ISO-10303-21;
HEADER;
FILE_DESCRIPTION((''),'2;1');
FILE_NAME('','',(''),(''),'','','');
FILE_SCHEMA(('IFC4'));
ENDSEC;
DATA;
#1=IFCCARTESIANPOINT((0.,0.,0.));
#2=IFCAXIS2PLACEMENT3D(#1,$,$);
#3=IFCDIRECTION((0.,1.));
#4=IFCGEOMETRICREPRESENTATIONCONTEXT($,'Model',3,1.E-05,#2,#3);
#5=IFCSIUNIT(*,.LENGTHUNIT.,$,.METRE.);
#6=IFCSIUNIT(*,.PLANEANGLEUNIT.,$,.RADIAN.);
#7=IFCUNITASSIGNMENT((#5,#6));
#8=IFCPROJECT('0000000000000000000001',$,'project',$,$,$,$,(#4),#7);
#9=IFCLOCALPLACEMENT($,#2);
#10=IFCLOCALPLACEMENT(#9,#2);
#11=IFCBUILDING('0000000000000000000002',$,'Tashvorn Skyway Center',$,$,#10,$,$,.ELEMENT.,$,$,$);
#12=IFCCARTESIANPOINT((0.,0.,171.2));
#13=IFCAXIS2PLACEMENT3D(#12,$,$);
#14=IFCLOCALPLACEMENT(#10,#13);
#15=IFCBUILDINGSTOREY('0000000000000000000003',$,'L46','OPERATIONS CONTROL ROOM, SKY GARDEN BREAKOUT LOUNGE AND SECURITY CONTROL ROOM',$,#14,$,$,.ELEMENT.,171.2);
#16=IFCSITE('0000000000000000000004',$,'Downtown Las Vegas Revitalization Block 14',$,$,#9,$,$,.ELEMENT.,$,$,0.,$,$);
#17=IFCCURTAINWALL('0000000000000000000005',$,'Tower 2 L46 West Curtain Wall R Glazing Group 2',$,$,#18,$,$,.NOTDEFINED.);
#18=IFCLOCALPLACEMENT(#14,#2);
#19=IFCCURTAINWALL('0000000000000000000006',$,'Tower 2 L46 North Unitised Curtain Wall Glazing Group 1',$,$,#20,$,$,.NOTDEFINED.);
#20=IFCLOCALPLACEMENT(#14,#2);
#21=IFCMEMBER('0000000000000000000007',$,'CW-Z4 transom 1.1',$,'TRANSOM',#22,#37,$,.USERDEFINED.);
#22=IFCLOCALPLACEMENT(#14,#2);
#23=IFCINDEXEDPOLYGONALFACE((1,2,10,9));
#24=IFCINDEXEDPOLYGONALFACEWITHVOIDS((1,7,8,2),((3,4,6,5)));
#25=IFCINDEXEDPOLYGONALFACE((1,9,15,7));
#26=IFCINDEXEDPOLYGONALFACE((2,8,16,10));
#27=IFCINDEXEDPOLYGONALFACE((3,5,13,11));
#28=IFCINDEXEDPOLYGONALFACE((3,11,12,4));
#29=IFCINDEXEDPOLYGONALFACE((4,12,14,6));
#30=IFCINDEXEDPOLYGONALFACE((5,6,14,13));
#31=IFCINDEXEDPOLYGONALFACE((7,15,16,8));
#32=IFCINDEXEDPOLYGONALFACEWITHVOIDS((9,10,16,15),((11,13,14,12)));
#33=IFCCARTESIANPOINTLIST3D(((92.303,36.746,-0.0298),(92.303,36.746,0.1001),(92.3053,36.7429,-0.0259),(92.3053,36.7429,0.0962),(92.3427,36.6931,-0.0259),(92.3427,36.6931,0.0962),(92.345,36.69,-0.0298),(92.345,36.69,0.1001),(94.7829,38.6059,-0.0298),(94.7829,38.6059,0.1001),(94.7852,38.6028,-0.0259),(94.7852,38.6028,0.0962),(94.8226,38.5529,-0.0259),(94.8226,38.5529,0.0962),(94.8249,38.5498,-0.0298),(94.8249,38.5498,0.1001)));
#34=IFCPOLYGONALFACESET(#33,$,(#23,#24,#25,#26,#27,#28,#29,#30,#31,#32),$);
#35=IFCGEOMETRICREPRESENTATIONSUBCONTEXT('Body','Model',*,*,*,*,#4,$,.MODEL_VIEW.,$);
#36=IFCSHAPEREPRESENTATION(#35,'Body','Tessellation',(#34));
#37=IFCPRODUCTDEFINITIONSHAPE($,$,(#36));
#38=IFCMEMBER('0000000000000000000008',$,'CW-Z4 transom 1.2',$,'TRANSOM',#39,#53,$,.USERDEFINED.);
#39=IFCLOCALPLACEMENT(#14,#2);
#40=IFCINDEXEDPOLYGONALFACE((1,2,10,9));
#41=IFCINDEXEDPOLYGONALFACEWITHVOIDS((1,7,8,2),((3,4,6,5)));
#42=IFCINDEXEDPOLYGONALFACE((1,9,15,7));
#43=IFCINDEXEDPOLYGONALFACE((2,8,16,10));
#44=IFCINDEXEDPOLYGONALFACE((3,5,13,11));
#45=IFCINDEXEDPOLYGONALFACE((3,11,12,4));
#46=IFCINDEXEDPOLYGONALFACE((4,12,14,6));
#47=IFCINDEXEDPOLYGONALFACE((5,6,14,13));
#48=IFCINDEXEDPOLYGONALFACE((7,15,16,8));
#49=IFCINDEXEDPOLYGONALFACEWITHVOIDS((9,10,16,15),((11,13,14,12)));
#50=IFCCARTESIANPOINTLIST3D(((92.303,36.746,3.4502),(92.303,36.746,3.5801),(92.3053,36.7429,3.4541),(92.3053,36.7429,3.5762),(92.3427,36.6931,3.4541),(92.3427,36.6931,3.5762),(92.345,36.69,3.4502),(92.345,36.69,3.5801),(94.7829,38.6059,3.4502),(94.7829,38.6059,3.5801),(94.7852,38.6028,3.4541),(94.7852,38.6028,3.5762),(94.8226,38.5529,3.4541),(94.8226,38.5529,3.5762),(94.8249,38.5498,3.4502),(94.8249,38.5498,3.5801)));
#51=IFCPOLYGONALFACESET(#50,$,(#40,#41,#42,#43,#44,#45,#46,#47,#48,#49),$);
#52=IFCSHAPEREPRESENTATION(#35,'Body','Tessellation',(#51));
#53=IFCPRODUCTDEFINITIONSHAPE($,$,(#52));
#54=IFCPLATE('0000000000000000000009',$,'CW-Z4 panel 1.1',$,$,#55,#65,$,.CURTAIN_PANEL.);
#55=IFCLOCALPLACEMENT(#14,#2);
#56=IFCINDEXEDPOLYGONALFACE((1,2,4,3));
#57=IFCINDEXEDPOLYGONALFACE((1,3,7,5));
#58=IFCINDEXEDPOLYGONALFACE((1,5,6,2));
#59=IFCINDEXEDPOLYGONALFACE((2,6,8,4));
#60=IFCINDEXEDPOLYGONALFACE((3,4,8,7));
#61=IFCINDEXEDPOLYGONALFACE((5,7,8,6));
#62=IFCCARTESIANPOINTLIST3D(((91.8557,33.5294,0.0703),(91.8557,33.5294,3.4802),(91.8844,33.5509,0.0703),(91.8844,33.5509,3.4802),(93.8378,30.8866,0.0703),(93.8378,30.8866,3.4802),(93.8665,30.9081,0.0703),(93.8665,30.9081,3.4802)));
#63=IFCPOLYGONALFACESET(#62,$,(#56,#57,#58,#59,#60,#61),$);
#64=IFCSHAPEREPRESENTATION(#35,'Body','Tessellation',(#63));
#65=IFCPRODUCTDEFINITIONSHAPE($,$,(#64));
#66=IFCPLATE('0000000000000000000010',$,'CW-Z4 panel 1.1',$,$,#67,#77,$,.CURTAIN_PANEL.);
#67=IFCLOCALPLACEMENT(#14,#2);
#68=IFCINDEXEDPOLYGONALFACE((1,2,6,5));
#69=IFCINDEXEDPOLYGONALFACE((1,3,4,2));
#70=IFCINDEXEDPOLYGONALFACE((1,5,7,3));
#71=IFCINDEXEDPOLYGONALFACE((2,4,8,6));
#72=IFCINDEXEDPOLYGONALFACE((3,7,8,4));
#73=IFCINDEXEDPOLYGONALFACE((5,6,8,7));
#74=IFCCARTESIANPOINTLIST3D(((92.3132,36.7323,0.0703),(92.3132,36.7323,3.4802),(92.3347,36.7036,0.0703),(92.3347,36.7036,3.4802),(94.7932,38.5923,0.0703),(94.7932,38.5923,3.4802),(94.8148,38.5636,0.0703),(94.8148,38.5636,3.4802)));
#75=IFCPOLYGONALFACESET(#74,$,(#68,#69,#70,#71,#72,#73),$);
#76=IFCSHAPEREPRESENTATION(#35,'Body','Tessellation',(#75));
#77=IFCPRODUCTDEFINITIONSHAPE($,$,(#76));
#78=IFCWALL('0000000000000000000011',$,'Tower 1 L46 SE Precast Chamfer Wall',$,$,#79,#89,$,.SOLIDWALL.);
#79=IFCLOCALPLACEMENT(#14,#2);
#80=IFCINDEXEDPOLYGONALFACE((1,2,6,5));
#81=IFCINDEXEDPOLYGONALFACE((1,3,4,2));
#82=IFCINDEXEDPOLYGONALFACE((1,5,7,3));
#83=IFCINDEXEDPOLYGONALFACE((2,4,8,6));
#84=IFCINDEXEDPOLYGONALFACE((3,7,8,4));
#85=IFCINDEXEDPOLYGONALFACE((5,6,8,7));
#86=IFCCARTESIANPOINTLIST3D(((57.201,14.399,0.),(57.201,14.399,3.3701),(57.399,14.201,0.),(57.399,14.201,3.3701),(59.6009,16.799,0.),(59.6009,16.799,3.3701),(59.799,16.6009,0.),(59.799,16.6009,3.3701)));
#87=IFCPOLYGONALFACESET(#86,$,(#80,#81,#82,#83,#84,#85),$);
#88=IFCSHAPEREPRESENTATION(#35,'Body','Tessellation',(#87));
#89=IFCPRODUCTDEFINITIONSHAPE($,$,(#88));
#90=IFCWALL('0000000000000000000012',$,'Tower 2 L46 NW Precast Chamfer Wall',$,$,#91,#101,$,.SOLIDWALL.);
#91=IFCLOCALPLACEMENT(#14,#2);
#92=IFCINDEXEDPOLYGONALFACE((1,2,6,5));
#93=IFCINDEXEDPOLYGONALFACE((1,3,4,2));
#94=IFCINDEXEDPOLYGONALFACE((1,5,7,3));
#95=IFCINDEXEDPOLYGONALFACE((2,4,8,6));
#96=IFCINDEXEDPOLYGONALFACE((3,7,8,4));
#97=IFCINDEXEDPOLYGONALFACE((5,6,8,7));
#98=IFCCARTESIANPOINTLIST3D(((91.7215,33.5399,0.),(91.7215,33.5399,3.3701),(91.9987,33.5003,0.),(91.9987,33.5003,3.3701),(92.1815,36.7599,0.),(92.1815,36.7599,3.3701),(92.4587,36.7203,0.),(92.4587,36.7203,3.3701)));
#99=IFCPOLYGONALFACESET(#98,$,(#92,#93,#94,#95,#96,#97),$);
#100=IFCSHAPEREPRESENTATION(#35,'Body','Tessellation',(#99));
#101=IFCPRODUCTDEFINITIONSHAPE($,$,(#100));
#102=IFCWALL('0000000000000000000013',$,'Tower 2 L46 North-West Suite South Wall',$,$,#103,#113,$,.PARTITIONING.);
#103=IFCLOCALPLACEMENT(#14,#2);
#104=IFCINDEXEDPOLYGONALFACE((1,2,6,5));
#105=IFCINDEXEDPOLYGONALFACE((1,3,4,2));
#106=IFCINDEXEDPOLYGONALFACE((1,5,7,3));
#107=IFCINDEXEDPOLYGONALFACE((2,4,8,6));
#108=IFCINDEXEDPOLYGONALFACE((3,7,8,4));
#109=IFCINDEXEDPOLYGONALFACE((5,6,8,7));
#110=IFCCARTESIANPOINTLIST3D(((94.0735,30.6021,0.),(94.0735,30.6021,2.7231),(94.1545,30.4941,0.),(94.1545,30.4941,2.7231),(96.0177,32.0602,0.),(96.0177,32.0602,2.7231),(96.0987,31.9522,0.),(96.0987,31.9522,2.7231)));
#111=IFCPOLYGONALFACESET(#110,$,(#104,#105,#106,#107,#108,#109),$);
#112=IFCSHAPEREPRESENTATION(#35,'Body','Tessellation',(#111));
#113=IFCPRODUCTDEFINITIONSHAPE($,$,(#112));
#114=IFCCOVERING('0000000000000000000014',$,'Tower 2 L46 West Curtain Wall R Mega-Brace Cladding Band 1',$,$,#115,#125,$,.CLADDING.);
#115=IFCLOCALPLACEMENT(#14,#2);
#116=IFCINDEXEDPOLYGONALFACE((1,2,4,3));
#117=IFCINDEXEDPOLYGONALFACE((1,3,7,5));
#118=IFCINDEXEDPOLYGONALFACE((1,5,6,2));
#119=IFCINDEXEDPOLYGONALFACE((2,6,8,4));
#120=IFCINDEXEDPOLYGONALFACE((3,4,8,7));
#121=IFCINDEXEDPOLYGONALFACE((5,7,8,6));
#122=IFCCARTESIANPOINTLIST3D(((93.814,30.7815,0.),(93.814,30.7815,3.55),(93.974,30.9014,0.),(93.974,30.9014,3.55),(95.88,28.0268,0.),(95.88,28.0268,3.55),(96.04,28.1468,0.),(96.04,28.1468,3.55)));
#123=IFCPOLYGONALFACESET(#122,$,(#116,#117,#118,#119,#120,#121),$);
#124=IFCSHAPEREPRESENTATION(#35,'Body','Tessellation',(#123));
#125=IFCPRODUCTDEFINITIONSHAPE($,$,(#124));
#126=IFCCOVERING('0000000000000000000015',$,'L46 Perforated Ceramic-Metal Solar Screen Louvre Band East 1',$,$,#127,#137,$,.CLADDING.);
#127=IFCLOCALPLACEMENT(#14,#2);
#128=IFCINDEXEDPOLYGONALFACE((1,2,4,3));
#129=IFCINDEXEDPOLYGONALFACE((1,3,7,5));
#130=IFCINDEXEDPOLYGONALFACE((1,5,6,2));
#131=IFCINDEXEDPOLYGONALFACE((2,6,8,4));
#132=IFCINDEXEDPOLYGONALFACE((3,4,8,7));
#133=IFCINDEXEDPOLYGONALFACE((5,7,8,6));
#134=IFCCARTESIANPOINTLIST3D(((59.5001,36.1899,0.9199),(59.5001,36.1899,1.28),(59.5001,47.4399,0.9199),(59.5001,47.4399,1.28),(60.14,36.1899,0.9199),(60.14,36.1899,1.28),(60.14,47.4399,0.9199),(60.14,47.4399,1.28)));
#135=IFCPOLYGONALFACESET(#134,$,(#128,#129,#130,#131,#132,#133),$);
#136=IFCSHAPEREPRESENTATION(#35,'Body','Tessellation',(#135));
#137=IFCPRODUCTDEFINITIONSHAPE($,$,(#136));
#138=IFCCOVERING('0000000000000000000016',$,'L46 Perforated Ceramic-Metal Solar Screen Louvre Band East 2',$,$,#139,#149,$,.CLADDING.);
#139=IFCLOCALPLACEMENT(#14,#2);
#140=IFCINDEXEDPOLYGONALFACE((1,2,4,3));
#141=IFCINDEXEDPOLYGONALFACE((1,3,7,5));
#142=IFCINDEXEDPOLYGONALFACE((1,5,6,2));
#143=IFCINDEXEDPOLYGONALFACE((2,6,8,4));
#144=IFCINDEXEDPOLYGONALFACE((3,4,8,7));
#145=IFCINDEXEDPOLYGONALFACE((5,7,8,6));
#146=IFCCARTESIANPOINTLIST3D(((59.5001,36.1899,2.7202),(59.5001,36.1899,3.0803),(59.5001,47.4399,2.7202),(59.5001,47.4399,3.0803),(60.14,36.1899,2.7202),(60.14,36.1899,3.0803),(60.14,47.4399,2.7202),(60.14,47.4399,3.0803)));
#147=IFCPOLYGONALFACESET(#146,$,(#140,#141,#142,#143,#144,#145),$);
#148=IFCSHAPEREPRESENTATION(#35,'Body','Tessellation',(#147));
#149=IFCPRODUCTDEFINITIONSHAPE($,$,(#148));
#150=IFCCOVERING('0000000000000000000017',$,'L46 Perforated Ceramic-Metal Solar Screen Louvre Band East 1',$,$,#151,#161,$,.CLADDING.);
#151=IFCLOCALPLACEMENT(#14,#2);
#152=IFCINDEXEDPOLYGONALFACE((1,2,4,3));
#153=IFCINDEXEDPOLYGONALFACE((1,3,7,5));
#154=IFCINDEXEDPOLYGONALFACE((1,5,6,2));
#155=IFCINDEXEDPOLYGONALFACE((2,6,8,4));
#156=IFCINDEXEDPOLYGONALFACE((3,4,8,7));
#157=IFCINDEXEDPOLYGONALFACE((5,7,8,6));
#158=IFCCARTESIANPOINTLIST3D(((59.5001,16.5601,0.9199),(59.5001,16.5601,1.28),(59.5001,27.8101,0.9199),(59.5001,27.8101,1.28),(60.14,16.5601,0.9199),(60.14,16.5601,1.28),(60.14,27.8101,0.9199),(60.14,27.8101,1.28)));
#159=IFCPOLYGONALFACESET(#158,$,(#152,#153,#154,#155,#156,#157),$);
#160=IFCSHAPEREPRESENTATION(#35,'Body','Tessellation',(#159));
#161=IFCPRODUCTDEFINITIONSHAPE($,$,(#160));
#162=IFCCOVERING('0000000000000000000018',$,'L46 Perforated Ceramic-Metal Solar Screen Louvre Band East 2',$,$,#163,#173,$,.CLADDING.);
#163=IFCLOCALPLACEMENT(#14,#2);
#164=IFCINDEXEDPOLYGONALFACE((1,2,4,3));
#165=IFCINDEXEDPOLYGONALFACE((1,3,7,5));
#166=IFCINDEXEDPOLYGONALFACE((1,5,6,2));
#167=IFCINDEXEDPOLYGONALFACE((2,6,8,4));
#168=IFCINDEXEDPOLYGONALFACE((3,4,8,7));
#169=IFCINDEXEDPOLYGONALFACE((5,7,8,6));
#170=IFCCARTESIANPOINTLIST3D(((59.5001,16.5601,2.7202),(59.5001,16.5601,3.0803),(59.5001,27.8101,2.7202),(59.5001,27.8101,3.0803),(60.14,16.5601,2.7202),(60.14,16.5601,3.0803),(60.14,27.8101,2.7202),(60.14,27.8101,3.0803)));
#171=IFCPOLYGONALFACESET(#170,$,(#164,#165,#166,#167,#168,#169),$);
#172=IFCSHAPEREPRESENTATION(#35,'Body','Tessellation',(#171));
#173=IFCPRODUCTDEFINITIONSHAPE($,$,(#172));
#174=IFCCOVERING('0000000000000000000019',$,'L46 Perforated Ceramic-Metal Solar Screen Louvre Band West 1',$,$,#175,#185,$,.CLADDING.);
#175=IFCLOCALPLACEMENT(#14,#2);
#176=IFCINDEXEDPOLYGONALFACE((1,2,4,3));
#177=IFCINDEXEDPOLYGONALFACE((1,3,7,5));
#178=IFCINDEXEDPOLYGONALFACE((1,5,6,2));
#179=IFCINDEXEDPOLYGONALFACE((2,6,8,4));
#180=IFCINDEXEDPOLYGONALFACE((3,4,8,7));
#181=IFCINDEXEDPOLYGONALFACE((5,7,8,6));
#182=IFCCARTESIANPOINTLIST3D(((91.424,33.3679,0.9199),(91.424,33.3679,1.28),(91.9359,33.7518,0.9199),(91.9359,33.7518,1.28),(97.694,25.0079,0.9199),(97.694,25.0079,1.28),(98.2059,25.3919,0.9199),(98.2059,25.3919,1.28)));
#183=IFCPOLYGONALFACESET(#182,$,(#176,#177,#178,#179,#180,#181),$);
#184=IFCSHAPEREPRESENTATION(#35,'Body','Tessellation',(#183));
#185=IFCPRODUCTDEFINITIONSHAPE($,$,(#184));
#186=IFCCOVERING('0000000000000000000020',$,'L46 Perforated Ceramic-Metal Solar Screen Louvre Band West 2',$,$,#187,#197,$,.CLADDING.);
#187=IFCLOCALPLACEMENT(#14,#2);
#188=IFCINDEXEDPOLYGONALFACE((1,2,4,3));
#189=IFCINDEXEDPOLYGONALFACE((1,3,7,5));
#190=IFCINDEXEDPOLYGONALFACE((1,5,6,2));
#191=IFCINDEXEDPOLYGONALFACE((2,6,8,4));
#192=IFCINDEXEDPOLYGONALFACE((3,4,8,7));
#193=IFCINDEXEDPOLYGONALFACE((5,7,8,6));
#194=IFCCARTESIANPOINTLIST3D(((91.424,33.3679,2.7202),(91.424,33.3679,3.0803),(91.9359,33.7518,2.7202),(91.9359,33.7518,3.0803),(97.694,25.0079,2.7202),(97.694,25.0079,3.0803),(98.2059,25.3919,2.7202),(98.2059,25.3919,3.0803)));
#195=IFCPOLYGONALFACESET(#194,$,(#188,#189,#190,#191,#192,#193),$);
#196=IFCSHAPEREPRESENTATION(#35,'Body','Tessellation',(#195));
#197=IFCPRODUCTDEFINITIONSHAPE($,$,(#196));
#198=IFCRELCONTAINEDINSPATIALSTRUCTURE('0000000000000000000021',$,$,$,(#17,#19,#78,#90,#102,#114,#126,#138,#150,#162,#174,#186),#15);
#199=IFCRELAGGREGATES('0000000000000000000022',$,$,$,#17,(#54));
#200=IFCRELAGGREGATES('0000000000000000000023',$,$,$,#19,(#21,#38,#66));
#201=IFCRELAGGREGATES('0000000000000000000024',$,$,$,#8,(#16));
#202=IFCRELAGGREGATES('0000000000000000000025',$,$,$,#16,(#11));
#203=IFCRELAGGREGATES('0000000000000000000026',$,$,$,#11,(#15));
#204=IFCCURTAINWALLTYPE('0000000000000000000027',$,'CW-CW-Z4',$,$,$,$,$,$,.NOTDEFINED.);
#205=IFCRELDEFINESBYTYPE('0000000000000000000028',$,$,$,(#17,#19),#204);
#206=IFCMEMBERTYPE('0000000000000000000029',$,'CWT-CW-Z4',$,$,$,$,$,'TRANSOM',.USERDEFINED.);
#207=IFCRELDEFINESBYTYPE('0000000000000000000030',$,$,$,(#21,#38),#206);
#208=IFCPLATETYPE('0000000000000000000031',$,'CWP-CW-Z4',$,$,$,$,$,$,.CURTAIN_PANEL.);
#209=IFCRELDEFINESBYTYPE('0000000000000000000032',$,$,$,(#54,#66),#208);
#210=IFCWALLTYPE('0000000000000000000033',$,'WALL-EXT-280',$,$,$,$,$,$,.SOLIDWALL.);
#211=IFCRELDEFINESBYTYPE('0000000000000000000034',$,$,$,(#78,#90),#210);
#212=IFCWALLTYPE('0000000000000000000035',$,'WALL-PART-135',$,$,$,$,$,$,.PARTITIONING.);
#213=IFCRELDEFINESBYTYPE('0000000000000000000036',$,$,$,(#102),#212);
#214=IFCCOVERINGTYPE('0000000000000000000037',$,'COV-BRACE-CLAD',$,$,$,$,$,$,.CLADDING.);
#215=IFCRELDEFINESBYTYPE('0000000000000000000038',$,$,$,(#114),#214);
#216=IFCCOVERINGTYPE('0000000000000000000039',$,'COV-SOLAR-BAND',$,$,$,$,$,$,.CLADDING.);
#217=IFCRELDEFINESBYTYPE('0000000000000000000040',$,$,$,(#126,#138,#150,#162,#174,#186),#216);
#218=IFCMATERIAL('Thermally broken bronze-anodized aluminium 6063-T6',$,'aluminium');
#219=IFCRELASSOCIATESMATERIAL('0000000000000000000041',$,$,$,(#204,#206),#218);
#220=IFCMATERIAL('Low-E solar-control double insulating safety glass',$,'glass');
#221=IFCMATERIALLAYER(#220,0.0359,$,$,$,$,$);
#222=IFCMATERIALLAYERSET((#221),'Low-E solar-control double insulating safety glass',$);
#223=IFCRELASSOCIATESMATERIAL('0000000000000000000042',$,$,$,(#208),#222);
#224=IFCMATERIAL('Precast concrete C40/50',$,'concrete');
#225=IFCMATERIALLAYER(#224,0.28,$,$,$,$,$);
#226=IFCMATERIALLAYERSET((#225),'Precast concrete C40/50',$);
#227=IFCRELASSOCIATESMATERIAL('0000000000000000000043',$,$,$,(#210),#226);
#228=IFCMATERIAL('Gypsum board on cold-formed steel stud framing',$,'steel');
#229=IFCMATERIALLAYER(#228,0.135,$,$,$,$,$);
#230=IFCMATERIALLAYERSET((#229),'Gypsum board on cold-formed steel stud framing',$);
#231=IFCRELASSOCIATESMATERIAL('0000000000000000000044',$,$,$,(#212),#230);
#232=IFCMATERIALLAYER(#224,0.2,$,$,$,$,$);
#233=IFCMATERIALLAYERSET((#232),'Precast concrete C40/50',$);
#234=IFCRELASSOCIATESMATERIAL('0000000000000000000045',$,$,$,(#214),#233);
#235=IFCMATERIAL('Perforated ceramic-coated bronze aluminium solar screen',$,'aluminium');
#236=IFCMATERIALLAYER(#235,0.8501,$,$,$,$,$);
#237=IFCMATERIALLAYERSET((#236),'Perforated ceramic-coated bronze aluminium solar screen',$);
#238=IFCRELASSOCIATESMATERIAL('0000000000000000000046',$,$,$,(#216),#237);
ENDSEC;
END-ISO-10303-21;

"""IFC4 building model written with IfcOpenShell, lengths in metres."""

from ifc_helpers import new_model, si_unit, direction, frame, frame_2d, origin, origin_2d, place, context, subcontext, project, spatial, rectangle, hollow_rectangle, extrude, material, layer, layer_set, material_profile, profile_set, type_object, element, aggregate, save


model = new_model("IFC4")

# Units and contexts
model_context = context("Model", 3, precision=1e-05, world=origin(), true_north=direction((0.0, 1.0)))
body_context = subcontext(model_context, "Body", "Model", "MODEL_VIEW")
ifc_project = project(units=[si_unit("LENGTHUNIT", "METRE"), si_unit("PLANEANGLEUNIT", "RADIAN")], contexts=[model_context])

# Site, building, storey
site_placement = place(None, origin())
site = spatial("IfcSite", under=ifc_project, at=site_placement, Name="Downtown Las Vegas Revitalization Block 14", CompositionType="ELEMENT", RefElevation=0.0)
building_placement = place(site_placement, origin())
building = spatial("IfcBuilding", under=site, at=building_placement, Name="Tashvorn Skyway Center", CompositionType="ELEMENT")
storey_placement = place(building_placement, frame((0.0, 0.0, 171.2)))
storey = spatial("IfcBuildingStorey", under=building, at=storey_placement, Name="L46", Description="OPERATIONS CONTROL ROOM, SKY GARDEN BREAKOUT LOUNGE AND SECURITY CONTROL ROOM", CompositionType="ELEMENT", Elevation=171.2)

# Curtain walls
ifc_material_1 = material(Name="Thermally broken bronze-anodized aluminium 6063-T6", Category="aluminium")
curtain_wall_type = type_object("IfcCurtainWallType", Name="CW-CW-Z4", PredefinedType="NOTDEFINED", material=ifc_material_1)
curtain_wall_1_placement = place(storey_placement, origin())
curtain_wall_1 = element("IfcCurtainWall", 1, at=curtain_wall_1_placement, inside=storey, type_object=curtain_wall_type, Name="Tower 2 L46 West Curtain Wall R Glazing Group 2", PredefinedType="NOTDEFINED")
curtain_wall_2_placement = place(storey_placement, origin())
curtain_wall_2 = element("IfcCurtainWall", 2, at=curtain_wall_2_placement, inside=storey, type_object=curtain_wall_type, Name="Tower 2 L46 North Unitised Curtain Wall Glazing Group 1", PredefinedType="NOTDEFINED")

# Members
ifc_material_profile_1 = material_profile(ifc_material_1, hollow_rectangle(XDim=0.0701, YDim=0.1299, WallThickness=0.0039, at=origin_2d()), Name="ALU-TRAN-70x130")
ifc_profile_set_1 = profile_set([ifc_material_profile_1], Name="Thermally broken bronze-anodized aluminium 6063-T6")
member_type_1 = type_object("IfcMemberType", Name="CWT-CW-Z4", ElementType="TRANSOM", PredefinedType="USERDEFINED", material=ifc_profile_set_1)
member_1_placement = place(storey_placement, frame((92.324, 36.718, 0.0352), z_axis=(0.800019, 0.599975, 0.0), x_axis=(-0.599975, 0.800019, 0.0)))
member_1 = element("IfcMember", 3, at=member_1_placement, type_object=member_type_1, Name="CW-Z4 transom 1.1", ObjectType="TRANSOM", PredefinedType="USERDEFINED", context=body_context, shape_type="SweptSolid", body=[
    extrude(hollow_rectangle(XDim=0.0701, YDim=0.1299, WallThickness=0.0039, at=origin_2d()), origin(), (0.0, 0.0, 1.0), 3.0999),
])
member_2_placement = place(storey_placement, frame((92.324, 36.718, 3.5151), z_axis=(0.800019, 0.599975, 0.0), x_axis=(-0.599975, 0.800019, 0.0)))
member_2 = element("IfcMember", 4, at=member_2_placement, type_object=member_type_1, Name="CW-Z4 transom 1.2", ObjectType="TRANSOM", PredefinedType="USERDEFINED", context=body_context, shape_type="SweptSolid", body=[
    extrude(hollow_rectangle(XDim=0.0701, YDim=0.1299, WallThickness=0.0039, at=origin_2d()), origin(), (0.0, 0.0, 1.0), 3.0999),
])

# Plates
ifc_material_2 = material(Name="Low-E solar-control double insulating safety glass", Category="glass")
ifc_layer_1 = layer(ifc_material_2, 0.0359)
ifc_layer_set_1 = layer_set([ifc_layer_1], Name="Low-E solar-control double insulating safety glass")
plate_type = type_object("IfcPlateType", Name="CWP-CW-Z4", PredefinedType="CURTAIN_PANEL", material=ifc_layer_set_1)
plate_1_placement = place(storey_placement, frame((92.8611, 32.2188, 0.0703), z_axis=(0.0, 0.0, 1.0), x_axis=(-0.599995, 0.800003, 0.0)))
plate_1 = element("IfcPlate", 5, at=plate_1_placement, type_object=plate_type, Name="CW-Z4 panel 1.1", PredefinedType="CURTAIN_PANEL", context=body_context, shape_type="SweptSolid", body=[
    extrude(rectangle(XDim=3.3035, YDim=0.0359, at=origin_2d()), origin(), (0.0, 0.0, 1.0), 3.4099),
])
aggregate(curtain_wall_1, [plate_1])
plate_2_placement = place(storey_placement, frame((93.564, 37.6479, 0.0703), z_axis=(0.0, 0.0, 1.0), x_axis=(0.8, 0.6, 0.0)))
plate_2 = element("IfcPlate", 6, at=plate_2_placement, type_object=plate_type, Name="CW-Z4 panel 1.1", PredefinedType="CURTAIN_PANEL", context=body_context, shape_type="SweptSolid", body=[
    extrude(rectangle(XDim=3.1001, YDim=0.0359, at=origin_2d()), origin(), (0.0, 0.0, 1.0), 3.4099),
])
aggregate(curtain_wall_2, [member_1, member_2, plate_2])

# Walls
ifc_material_3 = material(Name="Precast concrete C40/50", Category="concrete")
ifc_layer_2 = layer(ifc_material_3, 0.28)
ifc_layer_set_2 = layer_set([ifc_layer_2], Name="Precast concrete C40/50")
wall_type_1 = type_object("IfcWallType", Name="WALL-EXT-280", PredefinedType="SOLIDWALL", material=ifc_layer_set_2)
wall_1_placement = place(storey_placement, frame((59.7, 16.7, 0.0), z_axis=(0.0, 0.0, 1.0), x_axis=(-0.707107, -0.707107, 0.0)))
element("IfcWall", 7, at=wall_1_placement, inside=storey, type_object=wall_type_1, Name="Tower 1 L46 SE Precast Chamfer Wall", PredefinedType="SOLIDWALL", context=body_context, shape_type="SweptSolid", body=[
    extrude(rectangle(XDim=3.394, YDim=0.28, at=frame_2d((1.697, 0.0))), origin(), (0.0, 0.0, 1.0), 3.3701),
])
wall_2_placement = place(storey_placement, frame((91.8601, 33.52, 0.0), z_axis=(0.0, 0.0, 1.0), x_axis=(0.141411, 0.989951, 0.0)))
element("IfcWall", 8, at=wall_2_placement, inside=storey, type_object=wall_type_1, Name="Tower 2 L46 NW Precast Chamfer Wall", PredefinedType="SOLIDWALL", context=body_context, shape_type="SweptSolid", body=[
    extrude(rectangle(XDim=3.2527, YDim=0.28, at=frame_2d((1.6265, 0.0))), origin(), (0.0, 0.0, 1.0), 3.3701),
])
ifc_material_4 = material(Name="Gypsum board on cold-formed steel stud framing", Category="steel")
ifc_layer_3 = layer(ifc_material_4, 0.135)
ifc_layer_set_3 = layer_set([ifc_layer_3], Name="Gypsum board on cold-formed steel stud framing")
wall_type_2 = type_object("IfcWallType", Name="WALL-PART-135", PredefinedType="PARTITIONING", material=ifc_layer_set_3)
wall_3_placement = place(storey_placement, frame((94.114, 30.5481, 0.0), z_axis=(0.0, 0.0, 1.0), x_axis=(0.800012, 0.599984, 0.0)))
element("IfcWall", 9, at=wall_3_placement, inside=storey, type_object=wall_type_2, Name="Tower 2 L46 North-West Suite South Wall", PredefinedType="PARTITIONING", context=body_context, shape_type="SweptSolid", body=[
    extrude(rectangle(XDim=2.4302, YDim=0.135, at=frame_2d((1.2151, 0.0))), origin(), (0.0, 0.0, 1.0), 2.7231),
])

# Coverings
ifc_layer_4 = layer(ifc_material_3, 0.2)
ifc_layer_set_4 = layer_set([ifc_layer_4], Name="Precast concrete C40/50")
covering_type_1 = type_object("IfcCoveringType", Name="COV-BRACE-CLAD", PredefinedType="CLADDING", material=ifc_layer_set_4)
covering_1_placement = place(storey_placement, frame((94.927, 29.4641, 0.0), z_axis=(0.0, 0.0, 1.0), x_axis=(-0.6, 0.8, 0.0)))
element("IfcCovering", 10, at=covering_1_placement, inside=storey, type_object=covering_type_1, Name="Tower 2 L46 West Curtain Wall R Mega-Brace Cladding Band 1", PredefinedType="CLADDING", context=body_context, shape_type="SweptSolid", body=[
    extrude(rectangle(XDim=3.4434, YDim=0.2, at=origin_2d()), origin(), (0.0, 0.0, 1.0), 3.55),
])
ifc_material_5 = material(Name="Perforated ceramic-coated bronze aluminium solar screen", Category="aluminium")
ifc_layer_5 = layer(ifc_material_5, 0.8501)
ifc_layer_set_5 = layer_set([ifc_layer_5], Name="Perforated ceramic-coated bronze aluminium solar screen")
covering_type_2 = type_object("IfcCoveringType", Name="COV-SOLAR-BAND", PredefinedType="CLADDING", material=ifc_layer_set_5)
for number, where, z_axis, x_axis, name in (
    (11, (59.8201, 41.8149, 0.9199), (0.0, 0.0, 1.0), (0.0, -1.0, 0.0), "L46 Perforated Ceramic-Metal Solar Screen Louvre Band East 1"),
    (12, (59.8201, 41.8149, 2.7202), (0.0, 0.0, 1.0), (0.0, -1.0, 0.0), "L46 Perforated Ceramic-Metal Solar Screen Louvre Band East 2"),
    (13, (59.8201, 22.1851, 0.9199), (0.0, 0.0, 1.0), (0.0, -1.0, 0.0), "L46 Perforated Ceramic-Metal Solar Screen Louvre Band East 1"),
    (14, (59.8201, 22.1851, 2.7202), (0.0, 0.0, 1.0), (0.0, -1.0, 0.0), "L46 Perforated Ceramic-Metal Solar Screen Louvre Band East 2"),
):
    element("IfcCovering", number, at=place(storey_placement, frame(where, z_axis=z_axis, x_axis=x_axis)), inside=storey, type_object=covering_type_2, Name=name, PredefinedType="CLADDING", context=body_context, shape_type="SweptSolid", body=[
        extrude(rectangle(XDim=11.25, YDim=0.6399, at=origin_2d()), origin(), (0.0, 0.0, 1.0), 0.3601),
    ])
for number, where, z_axis, x_axis, name in (
    (15, (94.8149, 29.3799, 0.9199), (0.0, 0.0, 1.0), (-0.6, 0.8, 0.0), "L46 Perforated Ceramic-Metal Solar Screen Louvre Band West 1"),
    (16, (94.8149, 29.3799, 2.7202), (0.0, 0.0, 1.0), (-0.6, 0.8, 0.0), "L46 Perforated Ceramic-Metal Solar Screen Louvre Band West 2"),
):
    element("IfcCovering", number, at=place(storey_placement, frame(where, z_axis=z_axis, x_axis=x_axis)), inside=storey, type_object=covering_type_2, Name=name, PredefinedType="CLADDING", context=body_context, shape_type="SweptSolid", body=[
        extrude(rectangle(XDim=10.45, YDim=0.6399, at=origin_2d()), origin(), (0.0, 0.0, 1.0), 0.3601),
    ])

save(model, "model.ifc")
